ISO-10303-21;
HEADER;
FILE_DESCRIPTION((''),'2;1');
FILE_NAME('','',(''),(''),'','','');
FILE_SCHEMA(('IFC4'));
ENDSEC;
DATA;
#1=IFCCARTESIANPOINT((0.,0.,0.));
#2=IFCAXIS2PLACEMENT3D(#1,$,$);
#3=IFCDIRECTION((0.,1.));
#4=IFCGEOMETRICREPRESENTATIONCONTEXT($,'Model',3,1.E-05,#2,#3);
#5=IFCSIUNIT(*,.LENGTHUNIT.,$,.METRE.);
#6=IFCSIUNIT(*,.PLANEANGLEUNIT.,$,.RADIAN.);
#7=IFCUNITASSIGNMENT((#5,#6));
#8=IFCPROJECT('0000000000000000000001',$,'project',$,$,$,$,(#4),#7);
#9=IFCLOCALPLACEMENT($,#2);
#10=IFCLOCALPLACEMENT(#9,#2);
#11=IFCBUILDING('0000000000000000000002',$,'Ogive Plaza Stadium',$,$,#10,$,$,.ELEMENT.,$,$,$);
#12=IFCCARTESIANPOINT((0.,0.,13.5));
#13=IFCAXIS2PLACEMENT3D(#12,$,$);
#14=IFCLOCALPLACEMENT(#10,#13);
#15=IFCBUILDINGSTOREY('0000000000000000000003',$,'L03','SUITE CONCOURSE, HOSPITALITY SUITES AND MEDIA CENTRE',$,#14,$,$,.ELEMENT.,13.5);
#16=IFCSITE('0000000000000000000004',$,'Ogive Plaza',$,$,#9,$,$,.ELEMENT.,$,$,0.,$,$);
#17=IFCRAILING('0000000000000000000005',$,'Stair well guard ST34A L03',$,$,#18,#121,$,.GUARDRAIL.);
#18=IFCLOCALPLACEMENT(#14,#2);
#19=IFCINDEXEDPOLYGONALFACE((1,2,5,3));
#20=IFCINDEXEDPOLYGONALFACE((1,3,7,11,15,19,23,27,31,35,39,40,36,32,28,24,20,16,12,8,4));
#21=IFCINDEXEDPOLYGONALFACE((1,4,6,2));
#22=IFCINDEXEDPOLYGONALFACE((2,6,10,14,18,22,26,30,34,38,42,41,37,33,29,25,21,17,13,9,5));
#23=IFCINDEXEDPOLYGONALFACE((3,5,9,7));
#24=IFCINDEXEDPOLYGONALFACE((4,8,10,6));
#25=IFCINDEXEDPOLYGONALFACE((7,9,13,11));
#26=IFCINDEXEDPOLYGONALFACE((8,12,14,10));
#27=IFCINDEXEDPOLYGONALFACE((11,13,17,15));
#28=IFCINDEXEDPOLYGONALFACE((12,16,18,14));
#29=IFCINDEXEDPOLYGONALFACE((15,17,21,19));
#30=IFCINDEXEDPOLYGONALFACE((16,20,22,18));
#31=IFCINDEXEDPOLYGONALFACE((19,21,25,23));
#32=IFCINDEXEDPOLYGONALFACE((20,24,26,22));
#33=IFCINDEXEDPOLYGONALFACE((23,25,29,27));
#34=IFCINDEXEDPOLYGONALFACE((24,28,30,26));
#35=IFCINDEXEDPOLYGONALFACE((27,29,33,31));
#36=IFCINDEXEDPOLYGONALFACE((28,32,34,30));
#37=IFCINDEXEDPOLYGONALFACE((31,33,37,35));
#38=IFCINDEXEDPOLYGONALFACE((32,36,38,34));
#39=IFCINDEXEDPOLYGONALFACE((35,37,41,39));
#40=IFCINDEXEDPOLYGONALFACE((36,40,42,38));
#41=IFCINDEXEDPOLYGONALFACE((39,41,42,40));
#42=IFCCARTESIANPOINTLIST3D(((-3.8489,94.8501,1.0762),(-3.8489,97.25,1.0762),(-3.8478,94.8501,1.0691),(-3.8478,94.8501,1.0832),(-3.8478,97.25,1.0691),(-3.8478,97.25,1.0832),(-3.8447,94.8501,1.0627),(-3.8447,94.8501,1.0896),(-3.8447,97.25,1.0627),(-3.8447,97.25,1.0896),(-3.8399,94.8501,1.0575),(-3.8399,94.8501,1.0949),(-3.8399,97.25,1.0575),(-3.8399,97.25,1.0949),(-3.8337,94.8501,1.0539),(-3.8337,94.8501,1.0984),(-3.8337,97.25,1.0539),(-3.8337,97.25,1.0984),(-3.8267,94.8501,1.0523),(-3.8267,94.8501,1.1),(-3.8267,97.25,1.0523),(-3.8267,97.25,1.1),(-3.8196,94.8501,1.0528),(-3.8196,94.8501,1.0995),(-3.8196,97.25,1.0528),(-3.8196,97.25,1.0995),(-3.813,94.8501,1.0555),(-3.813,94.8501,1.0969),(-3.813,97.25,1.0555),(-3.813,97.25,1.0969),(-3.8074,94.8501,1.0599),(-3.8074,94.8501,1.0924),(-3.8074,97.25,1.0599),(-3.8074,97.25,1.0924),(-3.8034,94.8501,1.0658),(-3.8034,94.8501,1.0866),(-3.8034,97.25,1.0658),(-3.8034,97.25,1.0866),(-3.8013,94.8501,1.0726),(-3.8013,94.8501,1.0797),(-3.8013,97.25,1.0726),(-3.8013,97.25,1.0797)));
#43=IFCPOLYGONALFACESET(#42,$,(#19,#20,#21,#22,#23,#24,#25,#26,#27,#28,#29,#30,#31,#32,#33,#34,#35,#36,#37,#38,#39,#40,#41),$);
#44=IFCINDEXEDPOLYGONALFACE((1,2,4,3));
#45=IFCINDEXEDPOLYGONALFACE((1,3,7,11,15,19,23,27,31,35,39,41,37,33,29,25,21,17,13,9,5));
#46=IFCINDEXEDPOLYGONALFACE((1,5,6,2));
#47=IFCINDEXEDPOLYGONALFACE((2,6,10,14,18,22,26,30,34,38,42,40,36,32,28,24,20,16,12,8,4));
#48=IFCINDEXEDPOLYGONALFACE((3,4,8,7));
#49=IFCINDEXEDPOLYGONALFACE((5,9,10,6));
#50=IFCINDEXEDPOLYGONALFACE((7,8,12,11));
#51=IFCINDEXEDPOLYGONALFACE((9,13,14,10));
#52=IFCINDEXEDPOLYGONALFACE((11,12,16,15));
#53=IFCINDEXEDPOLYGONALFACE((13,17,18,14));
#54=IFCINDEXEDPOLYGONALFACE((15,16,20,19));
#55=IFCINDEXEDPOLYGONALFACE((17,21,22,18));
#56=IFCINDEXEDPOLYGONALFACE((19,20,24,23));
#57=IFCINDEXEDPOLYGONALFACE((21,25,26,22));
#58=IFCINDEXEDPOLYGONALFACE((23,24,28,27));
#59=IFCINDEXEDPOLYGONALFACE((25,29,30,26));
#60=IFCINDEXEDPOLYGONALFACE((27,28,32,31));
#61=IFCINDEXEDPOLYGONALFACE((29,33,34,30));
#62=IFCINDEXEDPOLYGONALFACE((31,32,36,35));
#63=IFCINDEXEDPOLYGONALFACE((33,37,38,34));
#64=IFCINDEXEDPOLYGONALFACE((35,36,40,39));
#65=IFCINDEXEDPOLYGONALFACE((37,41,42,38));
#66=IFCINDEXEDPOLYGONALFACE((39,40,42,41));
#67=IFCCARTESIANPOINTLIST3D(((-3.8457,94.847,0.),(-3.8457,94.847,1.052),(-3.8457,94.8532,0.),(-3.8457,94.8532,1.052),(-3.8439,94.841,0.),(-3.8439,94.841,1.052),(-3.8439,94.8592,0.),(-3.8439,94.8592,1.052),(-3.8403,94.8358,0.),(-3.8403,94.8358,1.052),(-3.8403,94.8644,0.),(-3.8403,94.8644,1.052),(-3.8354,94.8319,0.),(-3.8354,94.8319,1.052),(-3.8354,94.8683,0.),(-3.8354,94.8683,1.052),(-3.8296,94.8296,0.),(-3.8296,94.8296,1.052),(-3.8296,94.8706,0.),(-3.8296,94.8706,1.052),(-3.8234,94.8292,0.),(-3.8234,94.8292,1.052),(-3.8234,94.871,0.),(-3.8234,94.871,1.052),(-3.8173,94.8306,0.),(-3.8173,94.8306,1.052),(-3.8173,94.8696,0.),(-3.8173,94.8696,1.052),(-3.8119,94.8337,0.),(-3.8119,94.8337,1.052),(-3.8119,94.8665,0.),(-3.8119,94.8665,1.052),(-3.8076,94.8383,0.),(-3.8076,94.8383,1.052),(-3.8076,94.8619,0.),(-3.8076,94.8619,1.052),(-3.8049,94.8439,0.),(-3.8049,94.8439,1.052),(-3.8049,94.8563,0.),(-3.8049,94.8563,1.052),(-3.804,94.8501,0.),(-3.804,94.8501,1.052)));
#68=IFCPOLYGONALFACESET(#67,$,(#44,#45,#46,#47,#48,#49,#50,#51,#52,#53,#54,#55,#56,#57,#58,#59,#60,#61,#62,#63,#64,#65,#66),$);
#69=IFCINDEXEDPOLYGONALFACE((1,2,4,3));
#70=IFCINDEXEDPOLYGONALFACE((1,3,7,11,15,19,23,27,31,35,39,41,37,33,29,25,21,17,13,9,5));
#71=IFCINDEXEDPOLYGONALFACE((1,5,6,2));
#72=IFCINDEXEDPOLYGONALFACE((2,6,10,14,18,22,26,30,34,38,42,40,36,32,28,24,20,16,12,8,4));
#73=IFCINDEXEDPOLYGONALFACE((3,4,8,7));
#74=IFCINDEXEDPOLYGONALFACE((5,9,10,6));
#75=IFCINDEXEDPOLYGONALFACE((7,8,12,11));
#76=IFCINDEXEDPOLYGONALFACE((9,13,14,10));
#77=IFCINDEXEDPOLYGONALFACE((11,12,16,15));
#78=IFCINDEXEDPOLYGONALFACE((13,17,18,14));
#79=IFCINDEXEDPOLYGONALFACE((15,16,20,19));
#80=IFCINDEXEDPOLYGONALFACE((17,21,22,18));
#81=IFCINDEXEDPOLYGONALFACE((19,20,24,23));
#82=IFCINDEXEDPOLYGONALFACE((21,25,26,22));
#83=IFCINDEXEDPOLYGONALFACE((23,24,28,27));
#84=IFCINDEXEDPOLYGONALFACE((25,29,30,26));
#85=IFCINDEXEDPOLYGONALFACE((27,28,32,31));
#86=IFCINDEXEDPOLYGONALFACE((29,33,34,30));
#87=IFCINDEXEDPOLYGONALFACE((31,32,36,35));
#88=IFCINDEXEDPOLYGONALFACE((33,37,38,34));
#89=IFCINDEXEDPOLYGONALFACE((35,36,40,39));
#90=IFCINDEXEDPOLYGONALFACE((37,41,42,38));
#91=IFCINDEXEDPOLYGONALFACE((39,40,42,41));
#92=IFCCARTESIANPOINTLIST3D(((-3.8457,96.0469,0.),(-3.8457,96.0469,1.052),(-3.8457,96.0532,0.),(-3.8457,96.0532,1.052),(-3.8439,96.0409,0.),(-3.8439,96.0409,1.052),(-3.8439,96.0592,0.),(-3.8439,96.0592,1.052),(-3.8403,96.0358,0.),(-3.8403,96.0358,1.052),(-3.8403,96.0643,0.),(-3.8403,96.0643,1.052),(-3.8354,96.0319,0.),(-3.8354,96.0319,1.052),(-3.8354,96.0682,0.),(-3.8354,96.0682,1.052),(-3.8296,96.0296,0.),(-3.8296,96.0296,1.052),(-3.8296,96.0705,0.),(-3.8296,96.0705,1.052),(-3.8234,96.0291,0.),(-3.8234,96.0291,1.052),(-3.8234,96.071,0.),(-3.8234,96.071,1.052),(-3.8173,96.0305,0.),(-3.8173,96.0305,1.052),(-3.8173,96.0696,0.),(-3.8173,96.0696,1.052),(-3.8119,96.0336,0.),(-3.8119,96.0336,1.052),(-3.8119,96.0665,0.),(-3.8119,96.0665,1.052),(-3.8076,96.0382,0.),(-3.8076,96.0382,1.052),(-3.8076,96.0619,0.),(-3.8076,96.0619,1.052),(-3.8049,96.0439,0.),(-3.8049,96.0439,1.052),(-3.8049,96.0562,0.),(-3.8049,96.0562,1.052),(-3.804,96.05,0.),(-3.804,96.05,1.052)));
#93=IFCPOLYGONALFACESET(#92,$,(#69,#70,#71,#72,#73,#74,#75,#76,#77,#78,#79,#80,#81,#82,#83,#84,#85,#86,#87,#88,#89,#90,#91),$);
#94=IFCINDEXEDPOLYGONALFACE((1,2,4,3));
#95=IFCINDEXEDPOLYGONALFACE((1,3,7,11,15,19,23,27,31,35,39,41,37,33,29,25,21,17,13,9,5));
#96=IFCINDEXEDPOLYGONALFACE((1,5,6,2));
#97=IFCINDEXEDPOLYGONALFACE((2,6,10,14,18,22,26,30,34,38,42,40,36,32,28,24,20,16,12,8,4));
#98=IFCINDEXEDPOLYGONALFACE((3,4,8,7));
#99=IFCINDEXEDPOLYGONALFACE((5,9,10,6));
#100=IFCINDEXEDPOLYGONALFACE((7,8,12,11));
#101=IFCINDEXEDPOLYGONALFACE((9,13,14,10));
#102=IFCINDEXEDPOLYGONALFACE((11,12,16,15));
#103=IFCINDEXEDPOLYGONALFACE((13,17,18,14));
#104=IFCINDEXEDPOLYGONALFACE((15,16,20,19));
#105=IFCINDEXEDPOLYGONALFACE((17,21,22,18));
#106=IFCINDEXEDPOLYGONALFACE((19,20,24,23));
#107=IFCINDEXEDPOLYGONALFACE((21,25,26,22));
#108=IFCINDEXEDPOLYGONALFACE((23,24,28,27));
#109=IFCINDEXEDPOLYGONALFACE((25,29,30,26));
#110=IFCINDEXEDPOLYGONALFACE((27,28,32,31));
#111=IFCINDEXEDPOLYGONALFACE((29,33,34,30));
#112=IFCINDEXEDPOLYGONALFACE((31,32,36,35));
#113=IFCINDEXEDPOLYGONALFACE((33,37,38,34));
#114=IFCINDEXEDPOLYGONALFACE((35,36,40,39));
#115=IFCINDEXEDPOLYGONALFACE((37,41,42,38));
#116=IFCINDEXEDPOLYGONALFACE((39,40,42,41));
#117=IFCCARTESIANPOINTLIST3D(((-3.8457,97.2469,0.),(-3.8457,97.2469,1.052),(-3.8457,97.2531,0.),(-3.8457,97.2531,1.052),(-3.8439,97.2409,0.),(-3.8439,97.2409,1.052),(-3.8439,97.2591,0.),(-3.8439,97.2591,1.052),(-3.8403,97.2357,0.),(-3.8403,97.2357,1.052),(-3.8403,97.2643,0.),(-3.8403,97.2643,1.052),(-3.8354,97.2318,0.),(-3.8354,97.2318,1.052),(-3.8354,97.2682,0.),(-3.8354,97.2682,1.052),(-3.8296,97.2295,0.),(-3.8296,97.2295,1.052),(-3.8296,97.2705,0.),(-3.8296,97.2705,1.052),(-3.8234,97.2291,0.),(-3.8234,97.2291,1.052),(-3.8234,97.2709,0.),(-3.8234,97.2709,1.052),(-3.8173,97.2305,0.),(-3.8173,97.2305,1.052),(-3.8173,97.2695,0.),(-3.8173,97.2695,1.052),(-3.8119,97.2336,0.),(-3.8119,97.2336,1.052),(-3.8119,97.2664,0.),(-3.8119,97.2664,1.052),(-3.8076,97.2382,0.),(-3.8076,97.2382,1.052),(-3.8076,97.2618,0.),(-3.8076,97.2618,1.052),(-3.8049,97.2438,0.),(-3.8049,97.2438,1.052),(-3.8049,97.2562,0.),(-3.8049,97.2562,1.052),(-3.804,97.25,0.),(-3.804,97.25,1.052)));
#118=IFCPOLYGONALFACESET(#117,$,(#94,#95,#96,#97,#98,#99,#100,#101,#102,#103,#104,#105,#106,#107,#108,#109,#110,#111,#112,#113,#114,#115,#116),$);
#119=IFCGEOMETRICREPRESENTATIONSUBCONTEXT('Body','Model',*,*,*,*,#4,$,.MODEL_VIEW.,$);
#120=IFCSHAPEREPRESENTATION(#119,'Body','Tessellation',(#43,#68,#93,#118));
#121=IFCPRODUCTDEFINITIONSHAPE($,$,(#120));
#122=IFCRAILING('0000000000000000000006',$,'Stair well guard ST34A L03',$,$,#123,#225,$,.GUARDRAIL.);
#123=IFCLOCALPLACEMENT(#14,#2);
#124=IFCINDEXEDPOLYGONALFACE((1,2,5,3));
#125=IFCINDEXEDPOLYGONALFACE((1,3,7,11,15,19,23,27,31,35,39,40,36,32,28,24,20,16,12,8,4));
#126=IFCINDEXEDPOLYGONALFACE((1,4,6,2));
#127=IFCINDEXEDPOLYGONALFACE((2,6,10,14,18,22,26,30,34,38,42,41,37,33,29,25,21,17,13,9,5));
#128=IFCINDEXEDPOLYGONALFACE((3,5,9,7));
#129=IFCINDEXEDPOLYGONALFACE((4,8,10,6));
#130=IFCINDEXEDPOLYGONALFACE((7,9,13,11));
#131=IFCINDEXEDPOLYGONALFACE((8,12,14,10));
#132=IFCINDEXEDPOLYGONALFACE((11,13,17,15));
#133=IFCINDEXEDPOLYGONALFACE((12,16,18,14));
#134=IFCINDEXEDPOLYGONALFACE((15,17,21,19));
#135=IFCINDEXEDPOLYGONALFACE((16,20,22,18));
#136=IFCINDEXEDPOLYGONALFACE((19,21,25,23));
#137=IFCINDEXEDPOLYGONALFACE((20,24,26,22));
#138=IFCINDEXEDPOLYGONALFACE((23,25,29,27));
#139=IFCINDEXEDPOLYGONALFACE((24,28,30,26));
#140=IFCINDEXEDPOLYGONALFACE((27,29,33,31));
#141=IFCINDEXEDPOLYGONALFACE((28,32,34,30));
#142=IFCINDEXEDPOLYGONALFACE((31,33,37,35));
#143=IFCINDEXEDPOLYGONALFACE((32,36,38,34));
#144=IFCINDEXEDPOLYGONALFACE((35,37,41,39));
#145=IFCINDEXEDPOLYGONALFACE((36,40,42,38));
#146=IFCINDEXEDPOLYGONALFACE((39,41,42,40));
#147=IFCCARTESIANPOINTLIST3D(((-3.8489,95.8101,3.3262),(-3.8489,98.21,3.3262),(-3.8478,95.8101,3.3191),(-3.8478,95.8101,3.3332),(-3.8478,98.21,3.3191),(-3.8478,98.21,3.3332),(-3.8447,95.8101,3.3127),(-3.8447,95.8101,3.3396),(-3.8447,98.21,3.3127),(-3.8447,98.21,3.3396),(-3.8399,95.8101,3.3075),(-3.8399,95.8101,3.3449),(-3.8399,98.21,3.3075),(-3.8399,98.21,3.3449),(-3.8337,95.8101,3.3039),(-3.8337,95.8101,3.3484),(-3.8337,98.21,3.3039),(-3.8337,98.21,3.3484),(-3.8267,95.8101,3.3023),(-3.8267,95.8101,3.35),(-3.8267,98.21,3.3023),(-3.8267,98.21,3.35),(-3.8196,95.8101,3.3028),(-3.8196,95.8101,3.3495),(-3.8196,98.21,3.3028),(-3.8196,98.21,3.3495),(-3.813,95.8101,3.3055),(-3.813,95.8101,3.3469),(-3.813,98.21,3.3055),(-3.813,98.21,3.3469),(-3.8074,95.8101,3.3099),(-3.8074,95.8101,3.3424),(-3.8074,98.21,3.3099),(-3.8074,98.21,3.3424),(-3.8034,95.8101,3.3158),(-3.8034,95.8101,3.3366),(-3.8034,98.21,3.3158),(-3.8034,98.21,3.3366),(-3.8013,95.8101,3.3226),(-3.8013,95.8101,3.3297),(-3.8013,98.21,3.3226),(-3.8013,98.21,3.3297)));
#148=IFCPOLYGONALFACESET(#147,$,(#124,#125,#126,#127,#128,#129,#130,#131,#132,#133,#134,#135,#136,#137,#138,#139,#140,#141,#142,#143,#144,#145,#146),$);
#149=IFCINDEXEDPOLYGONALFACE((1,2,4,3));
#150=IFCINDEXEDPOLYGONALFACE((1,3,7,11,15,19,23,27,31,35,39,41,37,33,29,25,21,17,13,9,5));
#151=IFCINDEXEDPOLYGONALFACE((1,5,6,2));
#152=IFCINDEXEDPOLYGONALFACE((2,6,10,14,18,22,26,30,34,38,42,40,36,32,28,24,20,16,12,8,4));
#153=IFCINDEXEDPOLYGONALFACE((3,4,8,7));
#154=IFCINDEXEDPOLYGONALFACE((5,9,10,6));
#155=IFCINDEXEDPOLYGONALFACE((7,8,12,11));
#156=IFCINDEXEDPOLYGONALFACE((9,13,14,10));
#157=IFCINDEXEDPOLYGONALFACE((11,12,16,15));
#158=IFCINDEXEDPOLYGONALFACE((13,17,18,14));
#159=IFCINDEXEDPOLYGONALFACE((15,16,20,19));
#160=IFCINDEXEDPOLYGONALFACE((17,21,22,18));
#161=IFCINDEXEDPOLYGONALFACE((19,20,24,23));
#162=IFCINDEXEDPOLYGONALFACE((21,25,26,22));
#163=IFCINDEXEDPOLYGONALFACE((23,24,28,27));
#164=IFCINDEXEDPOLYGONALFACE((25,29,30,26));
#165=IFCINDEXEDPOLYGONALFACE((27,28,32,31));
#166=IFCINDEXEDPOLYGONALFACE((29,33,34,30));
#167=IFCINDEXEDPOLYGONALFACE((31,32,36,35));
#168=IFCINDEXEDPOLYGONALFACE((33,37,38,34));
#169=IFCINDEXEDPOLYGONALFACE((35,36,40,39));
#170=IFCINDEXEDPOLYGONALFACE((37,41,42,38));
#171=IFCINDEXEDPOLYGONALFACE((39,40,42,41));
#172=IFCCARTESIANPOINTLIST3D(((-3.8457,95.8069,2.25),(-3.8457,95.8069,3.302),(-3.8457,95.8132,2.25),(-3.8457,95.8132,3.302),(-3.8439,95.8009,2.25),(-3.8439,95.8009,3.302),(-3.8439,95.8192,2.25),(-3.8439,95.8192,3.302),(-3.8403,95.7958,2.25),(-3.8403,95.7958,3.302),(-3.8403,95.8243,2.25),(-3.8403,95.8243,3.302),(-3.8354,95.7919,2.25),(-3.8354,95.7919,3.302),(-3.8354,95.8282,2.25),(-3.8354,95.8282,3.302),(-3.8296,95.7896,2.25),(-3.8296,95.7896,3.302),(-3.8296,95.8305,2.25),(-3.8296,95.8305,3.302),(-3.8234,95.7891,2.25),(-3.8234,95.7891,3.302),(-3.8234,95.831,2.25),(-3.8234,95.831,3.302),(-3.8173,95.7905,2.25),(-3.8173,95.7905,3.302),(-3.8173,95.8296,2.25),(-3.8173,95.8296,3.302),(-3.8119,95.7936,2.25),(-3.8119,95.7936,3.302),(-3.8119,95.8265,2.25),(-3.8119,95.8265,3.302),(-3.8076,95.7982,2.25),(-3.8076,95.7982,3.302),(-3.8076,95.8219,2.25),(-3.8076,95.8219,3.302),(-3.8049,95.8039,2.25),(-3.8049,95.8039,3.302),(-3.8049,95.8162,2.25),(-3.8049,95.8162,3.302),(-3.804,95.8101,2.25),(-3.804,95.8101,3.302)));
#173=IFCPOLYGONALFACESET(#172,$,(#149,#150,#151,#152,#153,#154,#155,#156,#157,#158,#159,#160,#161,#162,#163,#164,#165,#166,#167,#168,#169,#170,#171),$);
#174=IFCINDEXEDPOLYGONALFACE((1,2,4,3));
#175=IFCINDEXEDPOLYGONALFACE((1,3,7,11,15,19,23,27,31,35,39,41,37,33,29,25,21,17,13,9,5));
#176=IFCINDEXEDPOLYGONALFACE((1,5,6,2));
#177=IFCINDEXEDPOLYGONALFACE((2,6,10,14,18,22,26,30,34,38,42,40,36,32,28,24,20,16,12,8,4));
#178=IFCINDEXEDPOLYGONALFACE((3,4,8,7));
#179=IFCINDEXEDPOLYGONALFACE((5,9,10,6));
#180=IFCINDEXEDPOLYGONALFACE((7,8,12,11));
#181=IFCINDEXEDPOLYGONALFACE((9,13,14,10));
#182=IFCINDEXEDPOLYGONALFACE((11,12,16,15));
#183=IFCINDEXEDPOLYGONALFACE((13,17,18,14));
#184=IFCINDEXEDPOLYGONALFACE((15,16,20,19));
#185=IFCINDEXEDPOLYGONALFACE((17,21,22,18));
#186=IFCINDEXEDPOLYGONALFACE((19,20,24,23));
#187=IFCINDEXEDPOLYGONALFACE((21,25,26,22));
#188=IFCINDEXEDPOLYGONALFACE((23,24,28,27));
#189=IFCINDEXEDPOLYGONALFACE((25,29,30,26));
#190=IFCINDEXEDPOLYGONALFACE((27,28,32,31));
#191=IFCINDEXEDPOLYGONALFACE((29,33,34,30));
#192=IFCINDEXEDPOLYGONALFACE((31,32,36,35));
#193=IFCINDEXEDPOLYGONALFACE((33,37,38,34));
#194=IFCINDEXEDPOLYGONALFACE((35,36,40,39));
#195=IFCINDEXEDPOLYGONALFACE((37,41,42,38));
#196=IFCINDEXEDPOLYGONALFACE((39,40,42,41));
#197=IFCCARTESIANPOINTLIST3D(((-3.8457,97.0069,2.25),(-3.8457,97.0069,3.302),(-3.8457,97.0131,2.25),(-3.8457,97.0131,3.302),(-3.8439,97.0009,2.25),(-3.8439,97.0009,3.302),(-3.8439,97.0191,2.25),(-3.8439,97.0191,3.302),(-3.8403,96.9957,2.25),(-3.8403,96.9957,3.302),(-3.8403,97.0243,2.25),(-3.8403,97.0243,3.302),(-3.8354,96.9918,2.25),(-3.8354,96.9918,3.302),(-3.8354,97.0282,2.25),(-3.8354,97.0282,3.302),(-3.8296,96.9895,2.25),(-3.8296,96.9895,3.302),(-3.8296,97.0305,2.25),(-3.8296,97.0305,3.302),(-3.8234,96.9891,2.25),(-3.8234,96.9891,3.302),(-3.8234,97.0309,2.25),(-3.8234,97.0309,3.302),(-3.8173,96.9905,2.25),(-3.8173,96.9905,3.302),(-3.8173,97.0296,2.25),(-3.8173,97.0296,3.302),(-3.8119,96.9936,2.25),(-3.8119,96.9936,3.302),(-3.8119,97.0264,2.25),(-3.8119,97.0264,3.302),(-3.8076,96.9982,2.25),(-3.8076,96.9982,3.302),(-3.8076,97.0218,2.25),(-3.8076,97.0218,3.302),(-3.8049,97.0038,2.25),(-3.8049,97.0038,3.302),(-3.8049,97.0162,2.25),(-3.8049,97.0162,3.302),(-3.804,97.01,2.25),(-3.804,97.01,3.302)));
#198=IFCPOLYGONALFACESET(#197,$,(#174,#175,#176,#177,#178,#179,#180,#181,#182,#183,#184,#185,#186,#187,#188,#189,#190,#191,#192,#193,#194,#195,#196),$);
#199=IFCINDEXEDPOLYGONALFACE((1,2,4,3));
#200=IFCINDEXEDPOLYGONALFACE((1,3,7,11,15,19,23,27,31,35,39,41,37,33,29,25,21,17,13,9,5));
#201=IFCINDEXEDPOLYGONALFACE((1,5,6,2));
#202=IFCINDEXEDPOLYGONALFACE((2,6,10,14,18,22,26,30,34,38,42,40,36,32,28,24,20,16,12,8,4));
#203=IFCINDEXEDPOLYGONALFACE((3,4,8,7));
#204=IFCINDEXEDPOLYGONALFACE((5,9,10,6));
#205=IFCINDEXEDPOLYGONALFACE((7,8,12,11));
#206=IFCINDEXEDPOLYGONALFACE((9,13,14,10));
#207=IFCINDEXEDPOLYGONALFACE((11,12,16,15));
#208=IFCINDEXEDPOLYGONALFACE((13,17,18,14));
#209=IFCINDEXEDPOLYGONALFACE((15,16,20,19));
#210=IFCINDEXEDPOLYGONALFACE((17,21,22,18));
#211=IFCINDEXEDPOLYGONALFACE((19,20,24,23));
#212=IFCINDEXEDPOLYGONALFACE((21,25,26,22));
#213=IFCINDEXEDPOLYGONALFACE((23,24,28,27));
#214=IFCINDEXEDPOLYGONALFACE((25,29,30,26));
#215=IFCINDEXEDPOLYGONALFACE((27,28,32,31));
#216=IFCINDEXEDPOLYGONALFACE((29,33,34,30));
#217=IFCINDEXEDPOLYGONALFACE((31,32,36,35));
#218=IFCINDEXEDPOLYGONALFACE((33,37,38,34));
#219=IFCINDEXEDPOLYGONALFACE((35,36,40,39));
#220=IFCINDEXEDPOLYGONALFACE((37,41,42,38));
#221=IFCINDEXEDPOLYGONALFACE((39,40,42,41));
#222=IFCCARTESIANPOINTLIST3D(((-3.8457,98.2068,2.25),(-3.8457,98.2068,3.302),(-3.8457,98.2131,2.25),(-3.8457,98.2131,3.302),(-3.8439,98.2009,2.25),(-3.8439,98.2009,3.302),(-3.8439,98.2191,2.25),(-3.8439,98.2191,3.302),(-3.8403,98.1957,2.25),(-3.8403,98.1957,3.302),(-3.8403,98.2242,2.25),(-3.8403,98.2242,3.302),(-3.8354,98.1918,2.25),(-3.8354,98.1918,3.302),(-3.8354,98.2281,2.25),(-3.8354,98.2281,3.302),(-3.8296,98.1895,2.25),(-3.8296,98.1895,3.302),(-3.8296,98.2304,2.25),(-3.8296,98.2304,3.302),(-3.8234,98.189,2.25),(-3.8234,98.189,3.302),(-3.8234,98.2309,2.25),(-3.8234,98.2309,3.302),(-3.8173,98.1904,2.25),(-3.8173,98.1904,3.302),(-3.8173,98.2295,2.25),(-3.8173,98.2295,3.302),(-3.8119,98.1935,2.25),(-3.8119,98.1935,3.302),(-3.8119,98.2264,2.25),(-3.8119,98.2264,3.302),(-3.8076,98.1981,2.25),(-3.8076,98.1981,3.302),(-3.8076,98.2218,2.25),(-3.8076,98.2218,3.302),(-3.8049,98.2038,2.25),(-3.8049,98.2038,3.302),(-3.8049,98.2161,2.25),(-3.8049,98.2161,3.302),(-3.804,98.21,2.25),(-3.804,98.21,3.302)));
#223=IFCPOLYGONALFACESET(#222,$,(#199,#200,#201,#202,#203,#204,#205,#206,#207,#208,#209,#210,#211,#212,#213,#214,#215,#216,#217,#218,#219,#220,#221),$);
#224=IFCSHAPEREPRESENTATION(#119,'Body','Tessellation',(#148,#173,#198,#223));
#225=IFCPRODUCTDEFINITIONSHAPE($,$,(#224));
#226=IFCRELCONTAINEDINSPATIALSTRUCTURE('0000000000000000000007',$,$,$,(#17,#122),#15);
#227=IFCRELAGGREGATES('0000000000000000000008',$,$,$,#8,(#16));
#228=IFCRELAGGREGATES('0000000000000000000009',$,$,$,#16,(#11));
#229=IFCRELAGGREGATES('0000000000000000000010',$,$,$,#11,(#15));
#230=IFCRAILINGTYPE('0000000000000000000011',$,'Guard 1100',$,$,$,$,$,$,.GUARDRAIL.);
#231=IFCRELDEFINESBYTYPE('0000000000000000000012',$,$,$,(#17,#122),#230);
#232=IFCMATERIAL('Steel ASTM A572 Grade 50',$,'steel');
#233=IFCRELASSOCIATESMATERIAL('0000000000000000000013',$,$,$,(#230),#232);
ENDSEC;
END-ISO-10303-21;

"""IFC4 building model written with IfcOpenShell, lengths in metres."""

from ifc_helpers import new_model, si_unit, direction, frame, origin, origin_2d, place, context, subcontext, project, spatial, circle, extrude, material, type_object, element, save


model = new_model("IFC4")

# Units and contexts
model_context = context("Model", 3, precision=1e-05, world=origin(), true_north=direction((0.0, 1.0)))
body_context = subcontext(model_context, "Body", "Model", "MODEL_VIEW")
ifc_project = project(units=[si_unit("LENGTHUNIT", "METRE"), si_unit("PLANEANGLEUNIT", "RADIAN")], contexts=[model_context])

# Site, building, storey
site_placement = place(None, origin())
site = spatial("IfcSite", under=ifc_project, at=site_placement, Name="Ogive Plaza", CompositionType="ELEMENT", RefElevation=0.0)
building_placement = place(site_placement, origin())
building = spatial("IfcBuilding", under=site, at=building_placement, Name="Ogive Plaza Stadium", CompositionType="ELEMENT")
storey_placement = place(building_placement, frame((0.0, 0.0, 13.5)))
storey = spatial("IfcBuildingStorey", under=building, at=storey_placement, Name="L03", Description="SUITE CONCOURSE, HOSPITALITY SUITES AND MEDIA CENTRE", CompositionType="ELEMENT", Elevation=13.5)

# Railings
ifc_material_1 = material(Name="Steel ASTM A572 Grade 50", Category="steel")
railing_type_1 = type_object("IfcRailingType", Name="Guard 1100", PredefinedType="GUARDRAIL", material=ifc_material_1)
for number, where, name in (
    (1, (-3.825, 94.8501, 0.0), "Stair well guard ST34A L03"),
    (2, (-3.825, 95.8101, 2.25), "Stair well guard ST34A L03"),
):
    element("IfcRailing", number, at=place(storey_placement, frame(where)), inside=storey, type_object=railing_type_1, Name=name, PredefinedType="GUARDRAIL", context=body_context, shape_type="SweptSolid", body=[
        extrude(circle(Radius=0.0239, at=origin_2d()), frame((0.0, 0.0, 1.0762), z_axis=(0.0, 1.0, 0.0), x_axis=(-1.0, 0.0, 0.0)), (0.0, 0.0, 1.0), 2.3999),
        extrude(circle(Radius=0.021, at=origin_2d()), origin(), (0.0, 0.0, 1.0), 1.052),
        extrude(circle(Radius=0.021, at=origin_2d()), frame((0.0, 1.2, 0.0)), (0.0, 0.0, 1.0), 1.052),
        extrude(circle(Radius=0.021, at=origin_2d()), frame((0.0, 2.3999, 0.0)), (0.0, 0.0, 1.0), 1.052),
    ])

save(model, "model.ifc")
